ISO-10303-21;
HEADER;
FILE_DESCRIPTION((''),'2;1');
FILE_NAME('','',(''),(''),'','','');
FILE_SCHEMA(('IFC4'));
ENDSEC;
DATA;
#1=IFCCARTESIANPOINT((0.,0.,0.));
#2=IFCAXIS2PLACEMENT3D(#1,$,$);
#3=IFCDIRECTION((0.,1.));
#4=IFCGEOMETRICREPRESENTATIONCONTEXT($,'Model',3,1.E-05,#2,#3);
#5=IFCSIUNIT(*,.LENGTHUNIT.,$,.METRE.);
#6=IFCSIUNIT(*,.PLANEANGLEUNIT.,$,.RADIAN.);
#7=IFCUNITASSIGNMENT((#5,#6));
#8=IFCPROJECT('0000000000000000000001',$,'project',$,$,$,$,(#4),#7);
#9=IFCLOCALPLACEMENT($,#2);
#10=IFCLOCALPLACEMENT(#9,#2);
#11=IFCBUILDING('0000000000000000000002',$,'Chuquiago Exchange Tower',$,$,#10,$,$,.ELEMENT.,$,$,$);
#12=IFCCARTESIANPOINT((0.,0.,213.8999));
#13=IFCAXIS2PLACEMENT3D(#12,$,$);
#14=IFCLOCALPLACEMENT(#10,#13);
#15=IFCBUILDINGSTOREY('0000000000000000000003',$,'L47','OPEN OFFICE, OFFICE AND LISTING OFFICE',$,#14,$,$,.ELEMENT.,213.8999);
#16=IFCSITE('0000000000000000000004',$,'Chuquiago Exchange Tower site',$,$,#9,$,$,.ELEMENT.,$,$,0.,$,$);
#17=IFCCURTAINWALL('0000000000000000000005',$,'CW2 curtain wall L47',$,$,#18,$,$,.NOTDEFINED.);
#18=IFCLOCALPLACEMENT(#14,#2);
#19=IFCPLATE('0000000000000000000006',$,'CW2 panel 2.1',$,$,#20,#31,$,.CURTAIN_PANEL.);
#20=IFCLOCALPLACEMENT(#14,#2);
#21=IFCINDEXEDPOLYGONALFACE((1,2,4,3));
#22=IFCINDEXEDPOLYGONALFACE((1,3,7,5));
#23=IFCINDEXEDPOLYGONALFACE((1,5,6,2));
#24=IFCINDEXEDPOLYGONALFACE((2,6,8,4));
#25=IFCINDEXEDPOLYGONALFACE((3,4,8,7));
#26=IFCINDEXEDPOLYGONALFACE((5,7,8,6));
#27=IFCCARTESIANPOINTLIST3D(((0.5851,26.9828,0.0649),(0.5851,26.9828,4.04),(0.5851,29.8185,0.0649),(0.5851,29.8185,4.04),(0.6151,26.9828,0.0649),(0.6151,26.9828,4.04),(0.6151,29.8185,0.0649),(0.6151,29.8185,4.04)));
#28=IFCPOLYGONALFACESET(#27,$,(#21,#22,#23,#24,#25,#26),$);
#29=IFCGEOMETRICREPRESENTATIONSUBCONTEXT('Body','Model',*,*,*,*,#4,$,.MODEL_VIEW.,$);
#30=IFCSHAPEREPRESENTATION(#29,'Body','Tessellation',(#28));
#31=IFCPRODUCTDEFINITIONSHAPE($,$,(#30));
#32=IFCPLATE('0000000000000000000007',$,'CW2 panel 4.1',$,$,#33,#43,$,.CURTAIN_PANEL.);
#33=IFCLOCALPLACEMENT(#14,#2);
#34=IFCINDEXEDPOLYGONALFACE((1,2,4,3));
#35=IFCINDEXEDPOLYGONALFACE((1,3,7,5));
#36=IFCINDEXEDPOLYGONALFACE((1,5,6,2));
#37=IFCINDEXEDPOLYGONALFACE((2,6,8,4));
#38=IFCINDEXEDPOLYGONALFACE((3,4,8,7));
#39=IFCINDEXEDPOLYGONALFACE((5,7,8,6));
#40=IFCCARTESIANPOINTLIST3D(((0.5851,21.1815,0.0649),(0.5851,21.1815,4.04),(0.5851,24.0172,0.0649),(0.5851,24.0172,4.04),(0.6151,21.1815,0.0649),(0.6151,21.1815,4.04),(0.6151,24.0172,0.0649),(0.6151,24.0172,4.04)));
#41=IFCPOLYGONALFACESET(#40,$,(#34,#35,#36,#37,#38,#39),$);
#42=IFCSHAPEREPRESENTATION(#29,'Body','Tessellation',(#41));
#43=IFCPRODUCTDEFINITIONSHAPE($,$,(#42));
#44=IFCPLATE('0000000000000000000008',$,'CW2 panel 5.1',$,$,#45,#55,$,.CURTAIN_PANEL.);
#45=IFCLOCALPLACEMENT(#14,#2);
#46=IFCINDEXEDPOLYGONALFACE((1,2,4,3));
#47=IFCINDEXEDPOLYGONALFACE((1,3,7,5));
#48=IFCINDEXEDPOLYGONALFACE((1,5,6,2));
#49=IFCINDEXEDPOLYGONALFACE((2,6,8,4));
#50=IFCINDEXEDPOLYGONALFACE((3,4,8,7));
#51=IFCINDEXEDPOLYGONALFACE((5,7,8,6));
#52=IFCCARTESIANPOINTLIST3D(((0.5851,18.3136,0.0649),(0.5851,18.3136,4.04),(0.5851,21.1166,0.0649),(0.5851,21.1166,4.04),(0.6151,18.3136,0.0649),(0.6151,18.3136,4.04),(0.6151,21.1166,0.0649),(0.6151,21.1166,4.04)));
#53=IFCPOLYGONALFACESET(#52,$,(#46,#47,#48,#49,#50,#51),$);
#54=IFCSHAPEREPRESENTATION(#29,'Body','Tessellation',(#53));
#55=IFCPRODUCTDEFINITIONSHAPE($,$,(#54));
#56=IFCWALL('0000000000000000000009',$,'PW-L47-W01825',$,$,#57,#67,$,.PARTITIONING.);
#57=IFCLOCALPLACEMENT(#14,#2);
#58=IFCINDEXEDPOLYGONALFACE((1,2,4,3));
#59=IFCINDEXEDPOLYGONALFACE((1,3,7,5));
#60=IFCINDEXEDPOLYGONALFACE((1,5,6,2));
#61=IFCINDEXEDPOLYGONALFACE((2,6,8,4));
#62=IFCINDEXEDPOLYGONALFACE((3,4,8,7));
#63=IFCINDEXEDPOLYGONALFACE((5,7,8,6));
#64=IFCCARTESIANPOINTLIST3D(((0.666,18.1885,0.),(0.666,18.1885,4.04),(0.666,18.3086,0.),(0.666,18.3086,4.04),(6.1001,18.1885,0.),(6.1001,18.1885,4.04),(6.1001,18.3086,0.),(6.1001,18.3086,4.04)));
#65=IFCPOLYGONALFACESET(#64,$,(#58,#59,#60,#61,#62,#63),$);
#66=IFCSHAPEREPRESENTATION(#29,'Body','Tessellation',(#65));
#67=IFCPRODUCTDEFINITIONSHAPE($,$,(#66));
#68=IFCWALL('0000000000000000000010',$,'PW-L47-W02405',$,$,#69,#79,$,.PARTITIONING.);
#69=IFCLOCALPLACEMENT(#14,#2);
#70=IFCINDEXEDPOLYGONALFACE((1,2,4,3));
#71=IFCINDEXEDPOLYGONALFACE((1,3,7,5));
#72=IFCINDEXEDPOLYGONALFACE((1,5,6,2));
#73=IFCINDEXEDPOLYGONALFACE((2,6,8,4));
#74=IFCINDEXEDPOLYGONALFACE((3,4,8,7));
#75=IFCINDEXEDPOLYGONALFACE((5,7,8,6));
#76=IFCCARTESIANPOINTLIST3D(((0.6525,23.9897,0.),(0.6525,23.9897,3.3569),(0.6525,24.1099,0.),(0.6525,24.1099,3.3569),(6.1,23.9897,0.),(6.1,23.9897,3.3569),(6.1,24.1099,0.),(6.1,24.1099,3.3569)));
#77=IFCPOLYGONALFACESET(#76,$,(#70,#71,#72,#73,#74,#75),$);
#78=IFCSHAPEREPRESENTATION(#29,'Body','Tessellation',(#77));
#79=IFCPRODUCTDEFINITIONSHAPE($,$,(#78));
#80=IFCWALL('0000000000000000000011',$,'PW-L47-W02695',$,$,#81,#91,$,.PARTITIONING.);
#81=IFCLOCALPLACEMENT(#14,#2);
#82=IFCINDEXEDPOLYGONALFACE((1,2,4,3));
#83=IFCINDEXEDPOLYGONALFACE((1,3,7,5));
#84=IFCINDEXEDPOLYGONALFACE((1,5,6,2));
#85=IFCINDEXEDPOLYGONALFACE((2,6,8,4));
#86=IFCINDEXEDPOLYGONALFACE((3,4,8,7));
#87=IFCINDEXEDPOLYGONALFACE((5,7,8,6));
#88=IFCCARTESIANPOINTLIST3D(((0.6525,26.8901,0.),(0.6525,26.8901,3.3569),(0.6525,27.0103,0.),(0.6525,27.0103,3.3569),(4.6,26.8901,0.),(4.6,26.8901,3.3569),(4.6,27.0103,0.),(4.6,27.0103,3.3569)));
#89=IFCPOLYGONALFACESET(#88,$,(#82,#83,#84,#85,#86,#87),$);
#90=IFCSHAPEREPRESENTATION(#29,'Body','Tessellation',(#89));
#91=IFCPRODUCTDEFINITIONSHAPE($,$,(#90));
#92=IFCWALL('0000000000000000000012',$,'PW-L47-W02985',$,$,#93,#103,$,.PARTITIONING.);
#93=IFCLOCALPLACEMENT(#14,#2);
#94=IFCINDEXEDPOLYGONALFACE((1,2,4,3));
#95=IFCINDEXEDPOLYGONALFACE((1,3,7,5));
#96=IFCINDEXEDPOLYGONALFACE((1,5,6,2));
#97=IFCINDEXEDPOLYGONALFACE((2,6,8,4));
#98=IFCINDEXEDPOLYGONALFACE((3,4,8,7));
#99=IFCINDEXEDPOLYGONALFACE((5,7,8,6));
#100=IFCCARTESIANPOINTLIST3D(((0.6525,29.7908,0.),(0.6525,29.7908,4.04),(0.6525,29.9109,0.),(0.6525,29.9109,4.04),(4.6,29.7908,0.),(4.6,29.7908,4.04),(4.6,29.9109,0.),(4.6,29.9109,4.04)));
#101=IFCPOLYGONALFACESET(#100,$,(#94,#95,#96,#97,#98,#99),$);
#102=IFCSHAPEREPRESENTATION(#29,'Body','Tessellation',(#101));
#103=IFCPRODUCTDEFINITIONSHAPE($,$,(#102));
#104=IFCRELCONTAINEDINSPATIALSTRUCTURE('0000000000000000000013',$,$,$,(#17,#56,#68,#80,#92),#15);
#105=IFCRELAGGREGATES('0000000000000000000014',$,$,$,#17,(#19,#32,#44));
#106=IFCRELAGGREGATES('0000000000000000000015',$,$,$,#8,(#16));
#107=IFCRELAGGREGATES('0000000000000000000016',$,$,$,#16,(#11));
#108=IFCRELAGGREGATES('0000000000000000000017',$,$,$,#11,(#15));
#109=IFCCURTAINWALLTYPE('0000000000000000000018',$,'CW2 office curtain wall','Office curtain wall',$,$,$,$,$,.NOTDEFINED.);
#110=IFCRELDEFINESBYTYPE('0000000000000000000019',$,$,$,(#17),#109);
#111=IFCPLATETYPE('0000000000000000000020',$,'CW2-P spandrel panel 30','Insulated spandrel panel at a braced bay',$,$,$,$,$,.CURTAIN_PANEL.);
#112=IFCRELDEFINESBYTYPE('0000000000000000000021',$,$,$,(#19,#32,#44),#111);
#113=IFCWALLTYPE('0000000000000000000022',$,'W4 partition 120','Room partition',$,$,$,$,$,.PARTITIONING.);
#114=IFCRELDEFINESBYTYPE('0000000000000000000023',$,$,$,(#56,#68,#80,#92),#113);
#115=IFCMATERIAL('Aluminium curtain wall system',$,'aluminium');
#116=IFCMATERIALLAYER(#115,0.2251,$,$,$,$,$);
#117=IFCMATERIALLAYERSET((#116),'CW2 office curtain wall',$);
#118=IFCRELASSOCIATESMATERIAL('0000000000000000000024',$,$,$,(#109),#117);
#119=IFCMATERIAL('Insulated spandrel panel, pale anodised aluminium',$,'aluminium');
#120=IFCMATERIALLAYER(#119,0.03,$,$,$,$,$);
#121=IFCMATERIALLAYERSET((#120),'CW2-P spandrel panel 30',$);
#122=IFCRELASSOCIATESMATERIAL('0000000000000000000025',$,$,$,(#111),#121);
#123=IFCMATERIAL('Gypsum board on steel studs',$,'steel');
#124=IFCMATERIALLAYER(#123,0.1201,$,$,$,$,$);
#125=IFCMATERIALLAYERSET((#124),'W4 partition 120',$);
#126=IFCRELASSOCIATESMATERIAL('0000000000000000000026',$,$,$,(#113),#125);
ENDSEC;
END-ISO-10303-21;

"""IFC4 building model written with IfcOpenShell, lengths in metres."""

from ifc_helpers import new_model, si_unit, direction, frame, frame_2d, origin, origin_2d, place, context, subcontext, project, spatial, rectangle, extrude, material, layer, layer_set, type_object, element, aggregate, save


model = new_model("IFC4")

# Units and contexts
model_context = context("Model", 3, precision=1e-05, world=origin(), true_north=direction((0.0, 1.0)))
body_context = subcontext(model_context, "Body", "Model", "MODEL_VIEW")
ifc_project = project(units=[si_unit("LENGTHUNIT", "METRE"), si_unit("PLANEANGLEUNIT", "RADIAN")], contexts=[model_context])

# Site, building, storey
site_placement = place(None, origin())
site = spatial("IfcSite", under=ifc_project, at=site_placement, Name="Chuquiago Exchange Tower site", CompositionType="ELEMENT", RefElevation=0.0)
building_placement = place(site_placement, origin())
building = spatial("IfcBuilding", under=site, at=building_placement, Name="Chuquiago Exchange Tower", CompositionType="ELEMENT")
storey_placement = place(building_placement, frame((0.0, 0.0, 213.8999)))
storey = spatial("IfcBuildingStorey", under=building, at=storey_placement, Name="L47", Description="OPEN OFFICE, OFFICE AND LISTING OFFICE", CompositionType="ELEMENT", Elevation=213.8999)

# Curtain wall
ifc_material_1 = material(Name="Aluminium curtain wall system", Category="aluminium")
ifc_layer_1 = layer(ifc_material_1, 0.2251)
ifc_layer_set_1 = layer_set([ifc_layer_1], Name="CW2 office curtain wall")
curtain_wall_type_1 = type_object("IfcCurtainWallType", Name="CW2 office curtain wall", Description="Office curtain wall", PredefinedType="NOTDEFINED", material=ifc_layer_set_1)
curtain_wall_1_placement = place(storey_placement, origin())
curtain_wall_1 = element("IfcCurtainWall", 1, at=curtain_wall_1_placement, inside=storey, type_object=curtain_wall_type_1, Name="CW2 curtain wall L47", PredefinedType="NOTDEFINED")

# Plates
ifc_material_2 = material(Name="Insulated spandrel panel, pale anodised aluminium", Category="aluminium")
ifc_layer_2 = layer(ifc_material_2, 0.03)
ifc_layer_set_2 = layer_set([ifc_layer_2], Name="CW2-P spandrel panel 30")
plate_type_1 = type_object("IfcPlateType", Name="CW2-P spandrel panel 30", Description="Insulated spandrel panel at a braced bay", PredefinedType="CURTAIN_PANEL", material=ifc_layer_set_2)
plate_1_placement = place(storey_placement, frame((0.6001, 28.4006, 0.0649), z_axis=(0.0, 0.0, 1.0), x_axis=(0.0, -1.0, 0.0)))
plate_1 = element("IfcPlate", 2, at=plate_1_placement, type_object=plate_type_1, Name="CW2 panel 2.1", PredefinedType="CURTAIN_PANEL", context=body_context, shape_type="SweptSolid", body=[
    extrude(rectangle(XDim=2.8357, YDim=0.03, at=origin_2d()), origin(), (0.0, 0.0, 1.0), 3.9751),
])
plate_2_placement = place(storey_placement, frame((0.6001, 22.5994, 0.0649), z_axis=(0.0, 0.0, 1.0), x_axis=(0.0, -1.0, 0.0)))
plate_2 = element("IfcPlate", 3, at=plate_2_placement, type_object=plate_type_1, Name="CW2 panel 4.1", PredefinedType="CURTAIN_PANEL", context=body_context, shape_type="SweptSolid", body=[
    extrude(rectangle(XDim=2.8357, YDim=0.03, at=origin_2d()), origin(), (0.0, 0.0, 1.0), 3.9751),
])
plate_3_placement = place(storey_placement, frame((0.6001, 19.7151, 0.0649), z_axis=(0.0, 0.0, 1.0), x_axis=(0.0, -1.0, 0.0)))
plate_3 = element("IfcPlate", 4, at=plate_3_placement, type_object=plate_type_1, Name="CW2 panel 5.1", PredefinedType="CURTAIN_PANEL", context=body_context, shape_type="SweptSolid", body=[
    extrude(rectangle(XDim=2.803, YDim=0.03, at=origin_2d()), origin(), (0.0, 0.0, 1.0), 3.9751),
])
aggregate(curtain_wall_1, [plate_1, plate_2, plate_3])

# Walls
ifc_material_3 = material(Name="Gypsum board on steel studs", Category="steel")
ifc_layer_3 = layer(ifc_material_3, 0.1201)
ifc_layer_set_3 = layer_set([ifc_layer_3], Name="W4 partition 120")
wall_type = type_object("IfcWallType", Name="W4 partition 120", Description="Room partition", PredefinedType="PARTITIONING", material=ifc_layer_set_3)
wall_1_placement = place(storey_placement, frame((0.666, 18.2485, 0.0), z_axis=(0.0, 0.0, 1.0), x_axis=(1.0, 0.0, 0.0)))
element("IfcWall", 5, at=wall_1_placement, inside=storey, type_object=wall_type, Name="PW-L47-W01825", PredefinedType="PARTITIONING", context=body_context, shape_type="SweptSolid", body=[
    extrude(rectangle(XDim=5.4341, YDim=0.1201, at=frame_2d((2.717, 0.0))), origin(), (0.0, 0.0, 1.0), 4.04),
])
wall_2_placement = place(storey_placement, frame((0.6526, 24.0498, 0.0), z_axis=(0.0, 0.0, 1.0), x_axis=(1.0, 0.0, 0.0)))
element("IfcWall", 6, at=wall_2_placement, inside=storey, type_object=wall_type, Name="PW-L47-W02405", PredefinedType="PARTITIONING", context=body_context, shape_type="SweptSolid", body=[
    extrude(rectangle(XDim=5.4475, YDim=0.1201, at=frame_2d((2.7236, 0.0))), origin(), (0.0, 0.0, 1.0), 3.3569),
])
wall_3_placement = place(storey_placement, frame((0.6526, 26.9502, 0.0), z_axis=(0.0, 0.0, 1.0), x_axis=(1.0, 0.0, 0.0)))
element("IfcWall", 7, at=wall_3_placement, inside=storey, type_object=wall_type, Name="PW-L47-W02695", PredefinedType="PARTITIONING", context=body_context, shape_type="SweptSolid", body=[
    extrude(rectangle(XDim=3.9475, YDim=0.1201, at=frame_2d((1.9736, 0.0))), origin(), (0.0, 0.0, 1.0), 3.3569),
])
wall_4_placement = place(storey_placement, frame((0.6526, 29.8508, 0.0), z_axis=(0.0, 0.0, 1.0), x_axis=(1.0, 0.0, 0.0)))
element("IfcWall", 8, at=wall_4_placement, inside=storey, type_object=wall_type, Name="PW-L47-W02985", PredefinedType="PARTITIONING", context=body_context, shape_type="SweptSolid", body=[
    extrude(rectangle(XDim=3.9475, YDim=0.1201, at=frame_2d((1.9736, 0.0))), origin(), (0.0, 0.0, 1.0), 4.04),
])

save(model, "model.ifc")
